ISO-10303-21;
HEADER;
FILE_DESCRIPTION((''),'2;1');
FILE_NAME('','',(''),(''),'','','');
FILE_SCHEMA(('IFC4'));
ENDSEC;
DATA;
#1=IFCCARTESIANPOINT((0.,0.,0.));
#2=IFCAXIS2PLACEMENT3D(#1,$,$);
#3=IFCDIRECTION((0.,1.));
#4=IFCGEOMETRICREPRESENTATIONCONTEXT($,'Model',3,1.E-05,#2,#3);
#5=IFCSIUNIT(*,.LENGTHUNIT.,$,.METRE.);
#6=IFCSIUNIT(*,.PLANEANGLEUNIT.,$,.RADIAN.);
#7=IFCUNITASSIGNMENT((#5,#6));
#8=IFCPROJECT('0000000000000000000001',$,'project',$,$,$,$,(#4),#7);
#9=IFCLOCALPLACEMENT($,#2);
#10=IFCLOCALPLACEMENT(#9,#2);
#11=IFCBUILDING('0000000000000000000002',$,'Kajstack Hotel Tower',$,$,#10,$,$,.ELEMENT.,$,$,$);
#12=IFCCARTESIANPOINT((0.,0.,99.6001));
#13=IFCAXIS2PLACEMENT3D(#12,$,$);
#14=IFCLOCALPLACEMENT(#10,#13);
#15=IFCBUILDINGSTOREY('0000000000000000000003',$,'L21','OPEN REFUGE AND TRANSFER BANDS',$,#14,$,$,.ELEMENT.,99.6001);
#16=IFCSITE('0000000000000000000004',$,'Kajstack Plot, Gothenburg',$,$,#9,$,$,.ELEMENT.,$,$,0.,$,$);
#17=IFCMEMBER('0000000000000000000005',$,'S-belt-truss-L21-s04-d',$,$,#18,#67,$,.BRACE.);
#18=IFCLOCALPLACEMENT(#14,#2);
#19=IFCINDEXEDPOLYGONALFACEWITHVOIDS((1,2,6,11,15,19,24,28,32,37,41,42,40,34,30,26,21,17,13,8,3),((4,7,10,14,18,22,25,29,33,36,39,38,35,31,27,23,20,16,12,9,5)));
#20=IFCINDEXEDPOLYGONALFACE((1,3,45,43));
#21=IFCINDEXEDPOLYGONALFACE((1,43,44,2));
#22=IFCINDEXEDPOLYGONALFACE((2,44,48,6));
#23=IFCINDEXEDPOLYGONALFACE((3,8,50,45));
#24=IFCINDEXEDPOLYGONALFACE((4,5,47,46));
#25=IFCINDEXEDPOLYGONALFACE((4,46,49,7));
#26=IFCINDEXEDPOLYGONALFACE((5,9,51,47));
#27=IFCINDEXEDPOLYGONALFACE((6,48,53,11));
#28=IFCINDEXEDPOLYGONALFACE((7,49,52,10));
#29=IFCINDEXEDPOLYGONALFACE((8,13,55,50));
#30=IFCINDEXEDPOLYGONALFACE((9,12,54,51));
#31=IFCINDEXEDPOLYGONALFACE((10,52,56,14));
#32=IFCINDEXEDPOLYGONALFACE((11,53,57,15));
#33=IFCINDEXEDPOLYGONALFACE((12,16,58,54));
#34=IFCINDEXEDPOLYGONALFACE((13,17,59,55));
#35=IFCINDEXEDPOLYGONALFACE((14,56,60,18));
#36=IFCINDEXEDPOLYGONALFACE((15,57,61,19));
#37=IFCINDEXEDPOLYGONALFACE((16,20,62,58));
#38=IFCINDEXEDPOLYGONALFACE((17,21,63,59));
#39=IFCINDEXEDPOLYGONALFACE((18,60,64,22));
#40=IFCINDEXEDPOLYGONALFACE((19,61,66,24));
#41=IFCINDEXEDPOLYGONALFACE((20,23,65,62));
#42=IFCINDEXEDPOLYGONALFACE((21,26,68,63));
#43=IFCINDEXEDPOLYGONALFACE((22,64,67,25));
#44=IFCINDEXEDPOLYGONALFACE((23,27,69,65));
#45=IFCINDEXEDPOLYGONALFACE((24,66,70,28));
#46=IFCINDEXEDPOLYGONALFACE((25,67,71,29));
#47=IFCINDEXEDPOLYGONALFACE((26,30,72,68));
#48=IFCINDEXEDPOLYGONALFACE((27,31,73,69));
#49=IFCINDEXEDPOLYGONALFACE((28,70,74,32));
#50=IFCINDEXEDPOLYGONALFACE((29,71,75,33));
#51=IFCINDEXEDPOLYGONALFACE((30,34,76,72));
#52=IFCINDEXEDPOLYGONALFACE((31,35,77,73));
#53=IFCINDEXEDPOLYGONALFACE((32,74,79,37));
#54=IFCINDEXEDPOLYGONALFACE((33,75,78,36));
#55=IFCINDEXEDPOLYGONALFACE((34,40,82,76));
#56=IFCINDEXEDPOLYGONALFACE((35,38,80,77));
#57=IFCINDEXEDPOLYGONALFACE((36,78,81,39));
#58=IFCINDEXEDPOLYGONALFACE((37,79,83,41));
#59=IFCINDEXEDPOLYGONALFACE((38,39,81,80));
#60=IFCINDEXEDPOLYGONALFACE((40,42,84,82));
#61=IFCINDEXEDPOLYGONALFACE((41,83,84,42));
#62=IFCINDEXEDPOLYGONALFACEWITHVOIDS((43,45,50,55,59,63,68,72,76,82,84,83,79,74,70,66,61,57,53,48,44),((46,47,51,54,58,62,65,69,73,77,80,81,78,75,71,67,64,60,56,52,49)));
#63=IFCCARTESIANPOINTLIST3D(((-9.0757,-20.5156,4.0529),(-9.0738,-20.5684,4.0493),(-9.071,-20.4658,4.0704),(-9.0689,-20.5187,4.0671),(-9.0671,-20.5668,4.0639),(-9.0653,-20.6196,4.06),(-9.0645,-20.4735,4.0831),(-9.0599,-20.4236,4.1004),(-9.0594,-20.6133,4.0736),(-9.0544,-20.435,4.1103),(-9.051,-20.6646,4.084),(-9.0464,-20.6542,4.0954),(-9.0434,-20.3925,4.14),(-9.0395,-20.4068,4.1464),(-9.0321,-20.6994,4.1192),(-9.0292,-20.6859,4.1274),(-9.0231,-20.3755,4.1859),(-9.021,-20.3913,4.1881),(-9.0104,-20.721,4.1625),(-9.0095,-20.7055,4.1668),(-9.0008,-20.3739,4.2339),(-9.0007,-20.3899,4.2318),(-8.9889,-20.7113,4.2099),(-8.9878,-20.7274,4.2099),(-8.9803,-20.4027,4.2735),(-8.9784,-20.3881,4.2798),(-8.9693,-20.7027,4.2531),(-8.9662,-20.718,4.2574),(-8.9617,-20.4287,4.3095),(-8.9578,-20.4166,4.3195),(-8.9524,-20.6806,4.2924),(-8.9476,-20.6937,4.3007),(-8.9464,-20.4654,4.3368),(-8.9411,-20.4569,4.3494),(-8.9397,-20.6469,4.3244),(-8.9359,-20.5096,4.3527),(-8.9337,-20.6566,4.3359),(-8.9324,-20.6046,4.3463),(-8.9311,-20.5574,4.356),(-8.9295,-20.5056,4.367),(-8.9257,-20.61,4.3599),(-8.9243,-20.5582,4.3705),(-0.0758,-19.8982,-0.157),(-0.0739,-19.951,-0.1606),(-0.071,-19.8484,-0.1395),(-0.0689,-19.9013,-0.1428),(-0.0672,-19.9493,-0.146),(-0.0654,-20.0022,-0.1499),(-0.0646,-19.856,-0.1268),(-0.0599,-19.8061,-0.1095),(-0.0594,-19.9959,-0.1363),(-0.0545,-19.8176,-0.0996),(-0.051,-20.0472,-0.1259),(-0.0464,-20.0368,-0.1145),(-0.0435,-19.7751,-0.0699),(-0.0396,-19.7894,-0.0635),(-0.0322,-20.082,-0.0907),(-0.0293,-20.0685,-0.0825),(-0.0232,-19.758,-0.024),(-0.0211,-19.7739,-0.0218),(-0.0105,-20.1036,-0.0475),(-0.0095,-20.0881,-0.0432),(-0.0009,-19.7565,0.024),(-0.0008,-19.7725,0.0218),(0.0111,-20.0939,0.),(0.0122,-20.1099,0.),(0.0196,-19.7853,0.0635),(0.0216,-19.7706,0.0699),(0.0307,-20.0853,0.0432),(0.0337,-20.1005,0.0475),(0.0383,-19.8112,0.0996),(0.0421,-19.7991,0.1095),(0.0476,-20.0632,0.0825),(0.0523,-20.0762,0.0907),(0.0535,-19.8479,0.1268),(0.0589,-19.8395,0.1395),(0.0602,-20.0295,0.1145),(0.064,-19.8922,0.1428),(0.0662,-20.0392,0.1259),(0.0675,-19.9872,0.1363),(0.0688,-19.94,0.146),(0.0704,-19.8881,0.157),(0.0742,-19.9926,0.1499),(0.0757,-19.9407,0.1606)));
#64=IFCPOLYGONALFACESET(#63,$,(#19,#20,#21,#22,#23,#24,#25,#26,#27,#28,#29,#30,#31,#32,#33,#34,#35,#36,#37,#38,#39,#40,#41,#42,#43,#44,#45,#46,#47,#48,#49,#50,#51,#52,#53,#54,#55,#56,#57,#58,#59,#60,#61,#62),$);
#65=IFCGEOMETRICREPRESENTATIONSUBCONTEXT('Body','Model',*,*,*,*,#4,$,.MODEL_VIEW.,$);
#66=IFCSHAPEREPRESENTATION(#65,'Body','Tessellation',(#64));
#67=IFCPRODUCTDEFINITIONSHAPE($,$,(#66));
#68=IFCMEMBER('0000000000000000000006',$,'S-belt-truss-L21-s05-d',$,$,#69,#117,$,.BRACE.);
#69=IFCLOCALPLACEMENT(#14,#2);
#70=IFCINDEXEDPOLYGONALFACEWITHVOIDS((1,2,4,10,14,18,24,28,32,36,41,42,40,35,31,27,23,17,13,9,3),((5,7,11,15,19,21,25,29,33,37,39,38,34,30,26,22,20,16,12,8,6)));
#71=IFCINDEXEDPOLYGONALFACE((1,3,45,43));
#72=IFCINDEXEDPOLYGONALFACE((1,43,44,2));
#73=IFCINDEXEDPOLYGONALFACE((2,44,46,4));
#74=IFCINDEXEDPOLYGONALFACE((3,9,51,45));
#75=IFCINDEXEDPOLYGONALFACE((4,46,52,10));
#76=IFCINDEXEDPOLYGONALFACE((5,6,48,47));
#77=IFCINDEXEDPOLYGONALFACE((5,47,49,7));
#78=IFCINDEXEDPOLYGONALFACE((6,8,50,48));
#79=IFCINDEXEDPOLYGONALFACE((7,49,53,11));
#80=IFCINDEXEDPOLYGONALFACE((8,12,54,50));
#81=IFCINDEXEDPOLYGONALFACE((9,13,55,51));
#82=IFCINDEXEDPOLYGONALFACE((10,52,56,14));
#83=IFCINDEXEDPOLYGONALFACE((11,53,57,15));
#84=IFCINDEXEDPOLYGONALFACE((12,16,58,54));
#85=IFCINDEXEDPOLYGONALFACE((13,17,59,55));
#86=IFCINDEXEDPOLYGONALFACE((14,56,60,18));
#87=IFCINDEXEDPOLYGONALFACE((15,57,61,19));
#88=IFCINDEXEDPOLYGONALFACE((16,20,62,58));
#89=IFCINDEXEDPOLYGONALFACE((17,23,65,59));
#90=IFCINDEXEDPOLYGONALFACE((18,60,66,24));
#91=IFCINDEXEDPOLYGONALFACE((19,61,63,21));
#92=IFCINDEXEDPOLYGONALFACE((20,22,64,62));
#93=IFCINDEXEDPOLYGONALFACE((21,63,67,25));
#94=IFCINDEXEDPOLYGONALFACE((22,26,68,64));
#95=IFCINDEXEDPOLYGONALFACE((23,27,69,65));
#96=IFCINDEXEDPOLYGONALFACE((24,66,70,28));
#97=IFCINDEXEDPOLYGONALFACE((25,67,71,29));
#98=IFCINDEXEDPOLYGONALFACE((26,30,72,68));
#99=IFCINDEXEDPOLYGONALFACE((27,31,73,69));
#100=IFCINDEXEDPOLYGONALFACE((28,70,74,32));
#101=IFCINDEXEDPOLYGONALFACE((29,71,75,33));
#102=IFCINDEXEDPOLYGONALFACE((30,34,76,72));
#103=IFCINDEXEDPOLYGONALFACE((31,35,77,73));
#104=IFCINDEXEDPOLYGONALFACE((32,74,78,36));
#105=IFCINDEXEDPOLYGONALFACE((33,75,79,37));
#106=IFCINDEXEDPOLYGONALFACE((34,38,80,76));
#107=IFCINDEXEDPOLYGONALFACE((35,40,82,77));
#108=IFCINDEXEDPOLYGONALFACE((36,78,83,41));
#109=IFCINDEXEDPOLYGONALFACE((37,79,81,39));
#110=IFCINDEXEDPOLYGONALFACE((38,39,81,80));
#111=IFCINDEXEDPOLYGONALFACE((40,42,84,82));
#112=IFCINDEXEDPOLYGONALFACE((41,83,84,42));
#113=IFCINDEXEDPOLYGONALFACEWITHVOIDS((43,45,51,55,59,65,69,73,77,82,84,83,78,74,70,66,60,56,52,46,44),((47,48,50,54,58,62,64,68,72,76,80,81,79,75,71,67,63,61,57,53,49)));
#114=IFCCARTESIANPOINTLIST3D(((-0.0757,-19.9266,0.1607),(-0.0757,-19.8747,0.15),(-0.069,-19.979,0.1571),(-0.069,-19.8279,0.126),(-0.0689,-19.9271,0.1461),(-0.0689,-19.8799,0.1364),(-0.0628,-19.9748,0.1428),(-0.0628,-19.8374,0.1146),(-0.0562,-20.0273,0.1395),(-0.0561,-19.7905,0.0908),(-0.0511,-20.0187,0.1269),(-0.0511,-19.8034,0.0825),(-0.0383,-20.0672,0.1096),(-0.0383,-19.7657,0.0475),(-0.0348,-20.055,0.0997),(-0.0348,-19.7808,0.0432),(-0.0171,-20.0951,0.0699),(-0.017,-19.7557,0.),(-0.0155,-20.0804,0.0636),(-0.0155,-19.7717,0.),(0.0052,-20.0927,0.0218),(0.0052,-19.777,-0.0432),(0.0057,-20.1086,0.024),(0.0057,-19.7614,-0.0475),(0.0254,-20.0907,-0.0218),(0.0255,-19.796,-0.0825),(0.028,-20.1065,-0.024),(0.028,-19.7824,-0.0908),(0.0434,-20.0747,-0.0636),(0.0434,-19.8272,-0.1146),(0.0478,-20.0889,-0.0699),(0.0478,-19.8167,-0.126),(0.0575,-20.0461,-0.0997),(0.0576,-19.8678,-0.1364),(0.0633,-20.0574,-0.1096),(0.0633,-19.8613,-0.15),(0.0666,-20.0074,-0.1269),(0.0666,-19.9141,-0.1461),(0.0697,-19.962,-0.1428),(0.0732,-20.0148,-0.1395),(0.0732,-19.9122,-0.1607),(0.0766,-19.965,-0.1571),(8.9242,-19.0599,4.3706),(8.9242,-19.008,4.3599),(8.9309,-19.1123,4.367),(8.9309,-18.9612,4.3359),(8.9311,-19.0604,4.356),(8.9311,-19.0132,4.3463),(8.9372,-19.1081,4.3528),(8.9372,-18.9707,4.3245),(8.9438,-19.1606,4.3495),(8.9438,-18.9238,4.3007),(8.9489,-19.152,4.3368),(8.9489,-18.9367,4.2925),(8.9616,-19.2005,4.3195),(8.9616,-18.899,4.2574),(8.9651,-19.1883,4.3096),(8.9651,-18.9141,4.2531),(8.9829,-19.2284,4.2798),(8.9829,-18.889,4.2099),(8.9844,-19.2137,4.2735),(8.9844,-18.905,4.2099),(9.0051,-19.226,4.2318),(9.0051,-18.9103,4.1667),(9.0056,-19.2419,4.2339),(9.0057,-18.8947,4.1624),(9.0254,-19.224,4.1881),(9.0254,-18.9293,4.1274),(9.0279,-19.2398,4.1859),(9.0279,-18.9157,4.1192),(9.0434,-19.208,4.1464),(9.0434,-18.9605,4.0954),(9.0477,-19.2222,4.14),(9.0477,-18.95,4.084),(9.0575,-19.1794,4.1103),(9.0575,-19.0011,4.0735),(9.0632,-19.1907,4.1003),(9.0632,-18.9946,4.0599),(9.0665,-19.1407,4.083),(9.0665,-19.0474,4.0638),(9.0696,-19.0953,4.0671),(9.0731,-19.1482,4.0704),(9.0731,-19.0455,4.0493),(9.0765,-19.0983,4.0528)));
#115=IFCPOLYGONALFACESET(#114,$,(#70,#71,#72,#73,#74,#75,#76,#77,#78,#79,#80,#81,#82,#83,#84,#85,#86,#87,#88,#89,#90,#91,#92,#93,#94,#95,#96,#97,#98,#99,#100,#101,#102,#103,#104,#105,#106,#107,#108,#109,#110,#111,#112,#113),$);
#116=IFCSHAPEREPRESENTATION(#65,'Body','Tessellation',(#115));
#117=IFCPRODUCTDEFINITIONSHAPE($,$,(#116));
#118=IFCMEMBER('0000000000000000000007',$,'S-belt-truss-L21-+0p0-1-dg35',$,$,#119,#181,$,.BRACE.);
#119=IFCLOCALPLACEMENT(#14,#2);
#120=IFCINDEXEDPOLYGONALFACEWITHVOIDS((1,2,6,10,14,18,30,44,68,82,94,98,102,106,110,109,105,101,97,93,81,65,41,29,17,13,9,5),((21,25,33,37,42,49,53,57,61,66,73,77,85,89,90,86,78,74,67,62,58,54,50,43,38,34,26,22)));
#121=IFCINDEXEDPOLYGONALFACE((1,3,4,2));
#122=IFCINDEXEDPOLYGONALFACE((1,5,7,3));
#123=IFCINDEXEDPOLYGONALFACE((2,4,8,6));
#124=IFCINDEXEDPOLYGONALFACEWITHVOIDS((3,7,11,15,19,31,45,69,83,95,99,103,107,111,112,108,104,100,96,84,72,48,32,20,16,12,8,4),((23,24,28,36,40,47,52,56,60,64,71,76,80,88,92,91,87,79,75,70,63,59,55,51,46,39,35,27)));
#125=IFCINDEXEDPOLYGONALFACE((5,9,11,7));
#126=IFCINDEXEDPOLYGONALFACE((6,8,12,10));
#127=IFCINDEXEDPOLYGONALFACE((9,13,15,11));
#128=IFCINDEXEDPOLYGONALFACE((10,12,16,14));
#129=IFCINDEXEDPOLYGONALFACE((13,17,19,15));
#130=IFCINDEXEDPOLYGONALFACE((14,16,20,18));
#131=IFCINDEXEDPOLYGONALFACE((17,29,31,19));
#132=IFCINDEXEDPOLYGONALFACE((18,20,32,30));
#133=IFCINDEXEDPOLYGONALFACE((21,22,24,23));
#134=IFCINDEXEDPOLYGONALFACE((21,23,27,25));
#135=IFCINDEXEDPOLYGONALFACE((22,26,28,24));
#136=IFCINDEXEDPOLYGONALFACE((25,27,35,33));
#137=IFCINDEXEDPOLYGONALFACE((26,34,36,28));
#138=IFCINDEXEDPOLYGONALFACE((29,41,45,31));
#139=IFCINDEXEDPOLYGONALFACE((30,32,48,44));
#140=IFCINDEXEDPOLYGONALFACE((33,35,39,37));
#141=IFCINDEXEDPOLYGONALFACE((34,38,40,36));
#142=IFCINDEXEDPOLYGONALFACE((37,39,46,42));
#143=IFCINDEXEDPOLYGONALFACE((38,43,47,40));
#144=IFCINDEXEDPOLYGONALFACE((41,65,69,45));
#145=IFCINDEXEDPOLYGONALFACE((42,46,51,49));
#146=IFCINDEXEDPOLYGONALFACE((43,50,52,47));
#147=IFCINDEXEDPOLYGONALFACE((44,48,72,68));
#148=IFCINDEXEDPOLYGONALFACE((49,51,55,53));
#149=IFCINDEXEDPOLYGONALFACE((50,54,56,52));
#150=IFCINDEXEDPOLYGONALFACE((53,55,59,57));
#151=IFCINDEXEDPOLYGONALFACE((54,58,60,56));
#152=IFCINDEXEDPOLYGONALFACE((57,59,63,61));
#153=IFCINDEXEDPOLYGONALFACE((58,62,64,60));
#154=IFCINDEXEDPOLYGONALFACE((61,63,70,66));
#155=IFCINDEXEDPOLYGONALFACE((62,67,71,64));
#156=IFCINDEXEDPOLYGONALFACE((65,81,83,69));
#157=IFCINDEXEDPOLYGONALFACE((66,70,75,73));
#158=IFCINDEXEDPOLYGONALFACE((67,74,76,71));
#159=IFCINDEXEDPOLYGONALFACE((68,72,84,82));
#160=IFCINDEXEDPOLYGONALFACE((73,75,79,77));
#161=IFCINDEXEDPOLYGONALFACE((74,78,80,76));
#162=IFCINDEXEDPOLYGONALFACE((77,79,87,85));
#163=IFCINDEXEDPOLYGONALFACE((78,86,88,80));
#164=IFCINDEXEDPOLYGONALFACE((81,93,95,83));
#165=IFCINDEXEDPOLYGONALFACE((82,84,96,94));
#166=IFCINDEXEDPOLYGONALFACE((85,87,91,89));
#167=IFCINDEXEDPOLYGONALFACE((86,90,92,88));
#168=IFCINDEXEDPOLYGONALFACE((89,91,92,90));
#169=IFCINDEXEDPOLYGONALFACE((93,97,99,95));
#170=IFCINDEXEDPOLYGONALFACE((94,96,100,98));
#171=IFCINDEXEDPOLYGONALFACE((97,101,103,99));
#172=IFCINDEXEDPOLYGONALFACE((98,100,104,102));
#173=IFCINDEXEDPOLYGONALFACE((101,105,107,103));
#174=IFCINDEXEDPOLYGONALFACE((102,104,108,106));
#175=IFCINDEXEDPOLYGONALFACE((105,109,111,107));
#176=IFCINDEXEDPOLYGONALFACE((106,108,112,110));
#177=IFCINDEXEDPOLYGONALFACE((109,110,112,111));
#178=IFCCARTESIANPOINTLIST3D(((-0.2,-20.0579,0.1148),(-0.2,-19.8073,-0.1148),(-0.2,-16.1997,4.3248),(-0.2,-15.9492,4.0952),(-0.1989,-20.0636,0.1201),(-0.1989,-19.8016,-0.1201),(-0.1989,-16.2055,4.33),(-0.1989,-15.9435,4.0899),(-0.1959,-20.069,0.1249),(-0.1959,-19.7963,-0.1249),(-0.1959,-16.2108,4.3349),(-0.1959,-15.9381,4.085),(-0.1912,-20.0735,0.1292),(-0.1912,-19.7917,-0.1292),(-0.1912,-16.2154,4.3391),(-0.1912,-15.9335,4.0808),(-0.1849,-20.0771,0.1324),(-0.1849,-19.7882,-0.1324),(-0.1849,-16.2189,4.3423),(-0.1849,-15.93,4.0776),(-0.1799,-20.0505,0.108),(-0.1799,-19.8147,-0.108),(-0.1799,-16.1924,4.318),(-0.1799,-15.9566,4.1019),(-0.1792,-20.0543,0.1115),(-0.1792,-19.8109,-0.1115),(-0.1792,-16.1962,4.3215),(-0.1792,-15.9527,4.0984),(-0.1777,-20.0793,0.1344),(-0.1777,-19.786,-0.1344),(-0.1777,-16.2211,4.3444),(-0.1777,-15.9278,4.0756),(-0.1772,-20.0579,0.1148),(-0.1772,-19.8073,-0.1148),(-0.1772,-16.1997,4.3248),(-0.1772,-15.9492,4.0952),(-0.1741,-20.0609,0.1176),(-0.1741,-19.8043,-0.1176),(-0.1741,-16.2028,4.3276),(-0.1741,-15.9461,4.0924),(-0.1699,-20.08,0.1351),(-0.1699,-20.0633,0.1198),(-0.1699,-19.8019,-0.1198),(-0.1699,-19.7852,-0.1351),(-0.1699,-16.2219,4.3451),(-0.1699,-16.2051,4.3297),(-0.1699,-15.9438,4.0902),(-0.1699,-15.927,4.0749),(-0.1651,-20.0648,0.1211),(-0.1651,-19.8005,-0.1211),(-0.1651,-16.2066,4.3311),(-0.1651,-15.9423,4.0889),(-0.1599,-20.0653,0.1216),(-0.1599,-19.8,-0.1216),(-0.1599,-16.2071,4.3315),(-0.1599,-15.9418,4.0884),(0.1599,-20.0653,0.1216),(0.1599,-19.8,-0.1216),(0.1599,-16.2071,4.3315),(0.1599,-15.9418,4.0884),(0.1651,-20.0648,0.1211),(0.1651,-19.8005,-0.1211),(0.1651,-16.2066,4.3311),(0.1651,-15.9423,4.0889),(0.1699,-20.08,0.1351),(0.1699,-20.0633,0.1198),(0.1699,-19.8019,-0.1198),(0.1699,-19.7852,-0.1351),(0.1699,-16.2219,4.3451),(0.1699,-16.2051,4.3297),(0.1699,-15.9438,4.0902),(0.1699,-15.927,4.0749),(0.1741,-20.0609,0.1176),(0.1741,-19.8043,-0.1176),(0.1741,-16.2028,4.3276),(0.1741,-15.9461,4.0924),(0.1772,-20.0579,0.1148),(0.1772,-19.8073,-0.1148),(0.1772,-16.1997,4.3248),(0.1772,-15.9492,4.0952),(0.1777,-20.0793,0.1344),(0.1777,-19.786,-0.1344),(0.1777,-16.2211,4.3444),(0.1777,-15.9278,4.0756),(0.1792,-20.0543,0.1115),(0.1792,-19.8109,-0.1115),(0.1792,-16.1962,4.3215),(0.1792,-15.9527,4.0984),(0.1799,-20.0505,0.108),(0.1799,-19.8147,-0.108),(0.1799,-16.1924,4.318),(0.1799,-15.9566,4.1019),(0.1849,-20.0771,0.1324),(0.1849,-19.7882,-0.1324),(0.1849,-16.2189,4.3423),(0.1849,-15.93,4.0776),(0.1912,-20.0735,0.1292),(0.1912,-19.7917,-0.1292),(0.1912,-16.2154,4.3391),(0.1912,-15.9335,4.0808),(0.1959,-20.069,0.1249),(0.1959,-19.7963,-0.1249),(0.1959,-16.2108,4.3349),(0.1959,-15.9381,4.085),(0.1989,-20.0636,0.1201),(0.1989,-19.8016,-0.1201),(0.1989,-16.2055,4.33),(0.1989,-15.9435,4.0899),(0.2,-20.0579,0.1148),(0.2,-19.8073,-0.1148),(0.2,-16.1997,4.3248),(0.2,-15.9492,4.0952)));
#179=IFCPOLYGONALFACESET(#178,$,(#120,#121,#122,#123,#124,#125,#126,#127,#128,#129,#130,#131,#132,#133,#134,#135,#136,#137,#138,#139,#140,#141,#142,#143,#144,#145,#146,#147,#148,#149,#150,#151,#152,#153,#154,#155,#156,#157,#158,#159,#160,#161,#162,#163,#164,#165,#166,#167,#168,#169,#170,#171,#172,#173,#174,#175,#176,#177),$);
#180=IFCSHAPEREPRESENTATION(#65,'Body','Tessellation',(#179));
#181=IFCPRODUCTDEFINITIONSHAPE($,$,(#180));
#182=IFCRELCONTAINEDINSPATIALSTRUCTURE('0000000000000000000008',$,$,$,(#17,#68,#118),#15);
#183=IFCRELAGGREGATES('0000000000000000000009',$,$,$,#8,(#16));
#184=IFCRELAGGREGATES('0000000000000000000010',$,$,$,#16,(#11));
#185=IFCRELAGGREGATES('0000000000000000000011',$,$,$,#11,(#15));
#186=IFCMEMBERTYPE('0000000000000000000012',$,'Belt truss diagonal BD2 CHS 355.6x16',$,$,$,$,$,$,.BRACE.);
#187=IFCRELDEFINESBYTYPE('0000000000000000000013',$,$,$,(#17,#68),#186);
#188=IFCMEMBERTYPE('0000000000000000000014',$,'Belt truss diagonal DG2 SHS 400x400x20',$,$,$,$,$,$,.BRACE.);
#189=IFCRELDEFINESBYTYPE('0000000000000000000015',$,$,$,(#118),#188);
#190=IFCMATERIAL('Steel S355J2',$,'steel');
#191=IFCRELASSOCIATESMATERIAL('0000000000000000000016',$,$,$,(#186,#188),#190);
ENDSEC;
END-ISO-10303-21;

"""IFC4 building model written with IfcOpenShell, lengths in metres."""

from ifc_helpers import new_model, si_unit, direction, frame, origin, origin_2d, place, context, subcontext, project, spatial, hollow_rectangle, hollow_circle, extrude, material, material_profile, profile_set, type_object, element, save


model = new_model("IFC4")

# Units and contexts
model_context = context("Model", 3, precision=1e-05, world=origin(), true_north=direction((0.0, 1.0)))
body_context = subcontext(model_context, "Body", "Model", "MODEL_VIEW")
ifc_project = project(units=[si_unit("LENGTHUNIT", "METRE"), si_unit("PLANEANGLEUNIT", "RADIAN")], contexts=[model_context])

# Site, building, storey
site_placement = place(None, origin())
site = spatial("IfcSite", under=ifc_project, at=site_placement, Name="Kajstack Plot, Gothenburg", CompositionType="ELEMENT", RefElevation=0.0)
building_placement = place(site_placement, origin())
building = spatial("IfcBuilding", under=site, at=building_placement, Name="Kajstack Hotel Tower", CompositionType="ELEMENT")
storey_placement = place(building_placement, frame((0.0, 0.0, 99.6001)))
storey = spatial("IfcBuildingStorey", under=building, at=storey_placement, Name="L21", Description="OPEN REFUGE AND TRANSFER BANDS", CompositionType="ELEMENT", Elevation=99.6001)

# Members
ifc_material_1 = material(Name="Steel S355J2", Category="steel")
ifc_material_profile_1 = material_profile(ifc_material_1, hollow_circle(Radius=0.1777, WallThickness=0.0161, at=origin_2d()), Name="CHS 355.6x16")
ifc_profile_set_1 = profile_set([ifc_material_profile_1], Name="Steel S355J2")
member_type_1 = type_object("IfcMemberType", Name="Belt truss diagonal BD2 CHS 355.6x16", PredefinedType="BRACE", material=ifc_profile_set_1)
member_1_placement = place(storey_placement, frame((0.0, -19.9326, 0.0), z_axis=(-0.904055, -0.062021, 0.422893), x_axis=(0.068443, -0.997655, 0.0)))
element("IfcMember", 1, at=member_1_placement, inside=storey, type_object=member_type_1, Name="S-belt-truss-L21-s04-d", PredefinedType="BRACE", context=body_context, shape_type="SweptSolid", body=[
    extrude(hollow_circle(Radius=0.1777, WallThickness=0.0161, at=origin_2d()), origin(), (0.0, 0.0, 1.0), 9.9551),
])
member_2_placement = place(storey_placement, frame((0.0, -19.9326, 0.0), z_axis=(0.902372, 0.086898, 0.422106), x_axis=(-0.095856, 0.995395, 0.0)))
element("IfcMember", 2, at=member_2_placement, inside=storey, type_object=member_type_1, Name="S-belt-truss-L21-s05-d", PredefinedType="BRACE", context=body_context, shape_type="SweptSolid", body=[
    extrude(hollow_circle(Radius=0.1777, WallThickness=0.0161, at=origin_2d()), origin(), (0.0, 0.0, 1.0), 9.9736),
])
ifc_material_profile_2 = material_profile(ifc_material_1, hollow_rectangle(XDim=0.3999, YDim=0.3999, WallThickness=0.02, InnerFilletRadius=0.02, OuterFilletRadius=0.03, at=origin_2d()), Name="SHS 400x400x20")
ifc_profile_set_2 = profile_set([ifc_material_profile_2], Name="Steel S355J2")
member_type_2 = type_object("IfcMemberType", Name="Belt truss diagonal DG2 SHS 400x400x20", PredefinedType="BRACE", material=ifc_profile_set_2)
member_3_placement = place(storey_placement, frame((0.0, -19.9326, 0.0), z_axis=(0.0, 0.675632, 0.737239), x_axis=(-1.0, 0.0, 0.0)))
element("IfcMember", 3, at=member_3_placement, inside=storey, type_object=member_type_2, Name="S-belt-truss-L21-+0p0-1-dg35", PredefinedType="BRACE", context=body_context, shape_type="SweptSolid", body=[
    extrude(hollow_rectangle(XDim=0.3999, YDim=0.3999, WallThickness=0.02, InnerFilletRadius=0.02, OuterFilletRadius=0.03, at=origin_2d()), origin(), (0.0, 0.0, 1.0), 5.7104),
])

save(model, "model.ifc")
